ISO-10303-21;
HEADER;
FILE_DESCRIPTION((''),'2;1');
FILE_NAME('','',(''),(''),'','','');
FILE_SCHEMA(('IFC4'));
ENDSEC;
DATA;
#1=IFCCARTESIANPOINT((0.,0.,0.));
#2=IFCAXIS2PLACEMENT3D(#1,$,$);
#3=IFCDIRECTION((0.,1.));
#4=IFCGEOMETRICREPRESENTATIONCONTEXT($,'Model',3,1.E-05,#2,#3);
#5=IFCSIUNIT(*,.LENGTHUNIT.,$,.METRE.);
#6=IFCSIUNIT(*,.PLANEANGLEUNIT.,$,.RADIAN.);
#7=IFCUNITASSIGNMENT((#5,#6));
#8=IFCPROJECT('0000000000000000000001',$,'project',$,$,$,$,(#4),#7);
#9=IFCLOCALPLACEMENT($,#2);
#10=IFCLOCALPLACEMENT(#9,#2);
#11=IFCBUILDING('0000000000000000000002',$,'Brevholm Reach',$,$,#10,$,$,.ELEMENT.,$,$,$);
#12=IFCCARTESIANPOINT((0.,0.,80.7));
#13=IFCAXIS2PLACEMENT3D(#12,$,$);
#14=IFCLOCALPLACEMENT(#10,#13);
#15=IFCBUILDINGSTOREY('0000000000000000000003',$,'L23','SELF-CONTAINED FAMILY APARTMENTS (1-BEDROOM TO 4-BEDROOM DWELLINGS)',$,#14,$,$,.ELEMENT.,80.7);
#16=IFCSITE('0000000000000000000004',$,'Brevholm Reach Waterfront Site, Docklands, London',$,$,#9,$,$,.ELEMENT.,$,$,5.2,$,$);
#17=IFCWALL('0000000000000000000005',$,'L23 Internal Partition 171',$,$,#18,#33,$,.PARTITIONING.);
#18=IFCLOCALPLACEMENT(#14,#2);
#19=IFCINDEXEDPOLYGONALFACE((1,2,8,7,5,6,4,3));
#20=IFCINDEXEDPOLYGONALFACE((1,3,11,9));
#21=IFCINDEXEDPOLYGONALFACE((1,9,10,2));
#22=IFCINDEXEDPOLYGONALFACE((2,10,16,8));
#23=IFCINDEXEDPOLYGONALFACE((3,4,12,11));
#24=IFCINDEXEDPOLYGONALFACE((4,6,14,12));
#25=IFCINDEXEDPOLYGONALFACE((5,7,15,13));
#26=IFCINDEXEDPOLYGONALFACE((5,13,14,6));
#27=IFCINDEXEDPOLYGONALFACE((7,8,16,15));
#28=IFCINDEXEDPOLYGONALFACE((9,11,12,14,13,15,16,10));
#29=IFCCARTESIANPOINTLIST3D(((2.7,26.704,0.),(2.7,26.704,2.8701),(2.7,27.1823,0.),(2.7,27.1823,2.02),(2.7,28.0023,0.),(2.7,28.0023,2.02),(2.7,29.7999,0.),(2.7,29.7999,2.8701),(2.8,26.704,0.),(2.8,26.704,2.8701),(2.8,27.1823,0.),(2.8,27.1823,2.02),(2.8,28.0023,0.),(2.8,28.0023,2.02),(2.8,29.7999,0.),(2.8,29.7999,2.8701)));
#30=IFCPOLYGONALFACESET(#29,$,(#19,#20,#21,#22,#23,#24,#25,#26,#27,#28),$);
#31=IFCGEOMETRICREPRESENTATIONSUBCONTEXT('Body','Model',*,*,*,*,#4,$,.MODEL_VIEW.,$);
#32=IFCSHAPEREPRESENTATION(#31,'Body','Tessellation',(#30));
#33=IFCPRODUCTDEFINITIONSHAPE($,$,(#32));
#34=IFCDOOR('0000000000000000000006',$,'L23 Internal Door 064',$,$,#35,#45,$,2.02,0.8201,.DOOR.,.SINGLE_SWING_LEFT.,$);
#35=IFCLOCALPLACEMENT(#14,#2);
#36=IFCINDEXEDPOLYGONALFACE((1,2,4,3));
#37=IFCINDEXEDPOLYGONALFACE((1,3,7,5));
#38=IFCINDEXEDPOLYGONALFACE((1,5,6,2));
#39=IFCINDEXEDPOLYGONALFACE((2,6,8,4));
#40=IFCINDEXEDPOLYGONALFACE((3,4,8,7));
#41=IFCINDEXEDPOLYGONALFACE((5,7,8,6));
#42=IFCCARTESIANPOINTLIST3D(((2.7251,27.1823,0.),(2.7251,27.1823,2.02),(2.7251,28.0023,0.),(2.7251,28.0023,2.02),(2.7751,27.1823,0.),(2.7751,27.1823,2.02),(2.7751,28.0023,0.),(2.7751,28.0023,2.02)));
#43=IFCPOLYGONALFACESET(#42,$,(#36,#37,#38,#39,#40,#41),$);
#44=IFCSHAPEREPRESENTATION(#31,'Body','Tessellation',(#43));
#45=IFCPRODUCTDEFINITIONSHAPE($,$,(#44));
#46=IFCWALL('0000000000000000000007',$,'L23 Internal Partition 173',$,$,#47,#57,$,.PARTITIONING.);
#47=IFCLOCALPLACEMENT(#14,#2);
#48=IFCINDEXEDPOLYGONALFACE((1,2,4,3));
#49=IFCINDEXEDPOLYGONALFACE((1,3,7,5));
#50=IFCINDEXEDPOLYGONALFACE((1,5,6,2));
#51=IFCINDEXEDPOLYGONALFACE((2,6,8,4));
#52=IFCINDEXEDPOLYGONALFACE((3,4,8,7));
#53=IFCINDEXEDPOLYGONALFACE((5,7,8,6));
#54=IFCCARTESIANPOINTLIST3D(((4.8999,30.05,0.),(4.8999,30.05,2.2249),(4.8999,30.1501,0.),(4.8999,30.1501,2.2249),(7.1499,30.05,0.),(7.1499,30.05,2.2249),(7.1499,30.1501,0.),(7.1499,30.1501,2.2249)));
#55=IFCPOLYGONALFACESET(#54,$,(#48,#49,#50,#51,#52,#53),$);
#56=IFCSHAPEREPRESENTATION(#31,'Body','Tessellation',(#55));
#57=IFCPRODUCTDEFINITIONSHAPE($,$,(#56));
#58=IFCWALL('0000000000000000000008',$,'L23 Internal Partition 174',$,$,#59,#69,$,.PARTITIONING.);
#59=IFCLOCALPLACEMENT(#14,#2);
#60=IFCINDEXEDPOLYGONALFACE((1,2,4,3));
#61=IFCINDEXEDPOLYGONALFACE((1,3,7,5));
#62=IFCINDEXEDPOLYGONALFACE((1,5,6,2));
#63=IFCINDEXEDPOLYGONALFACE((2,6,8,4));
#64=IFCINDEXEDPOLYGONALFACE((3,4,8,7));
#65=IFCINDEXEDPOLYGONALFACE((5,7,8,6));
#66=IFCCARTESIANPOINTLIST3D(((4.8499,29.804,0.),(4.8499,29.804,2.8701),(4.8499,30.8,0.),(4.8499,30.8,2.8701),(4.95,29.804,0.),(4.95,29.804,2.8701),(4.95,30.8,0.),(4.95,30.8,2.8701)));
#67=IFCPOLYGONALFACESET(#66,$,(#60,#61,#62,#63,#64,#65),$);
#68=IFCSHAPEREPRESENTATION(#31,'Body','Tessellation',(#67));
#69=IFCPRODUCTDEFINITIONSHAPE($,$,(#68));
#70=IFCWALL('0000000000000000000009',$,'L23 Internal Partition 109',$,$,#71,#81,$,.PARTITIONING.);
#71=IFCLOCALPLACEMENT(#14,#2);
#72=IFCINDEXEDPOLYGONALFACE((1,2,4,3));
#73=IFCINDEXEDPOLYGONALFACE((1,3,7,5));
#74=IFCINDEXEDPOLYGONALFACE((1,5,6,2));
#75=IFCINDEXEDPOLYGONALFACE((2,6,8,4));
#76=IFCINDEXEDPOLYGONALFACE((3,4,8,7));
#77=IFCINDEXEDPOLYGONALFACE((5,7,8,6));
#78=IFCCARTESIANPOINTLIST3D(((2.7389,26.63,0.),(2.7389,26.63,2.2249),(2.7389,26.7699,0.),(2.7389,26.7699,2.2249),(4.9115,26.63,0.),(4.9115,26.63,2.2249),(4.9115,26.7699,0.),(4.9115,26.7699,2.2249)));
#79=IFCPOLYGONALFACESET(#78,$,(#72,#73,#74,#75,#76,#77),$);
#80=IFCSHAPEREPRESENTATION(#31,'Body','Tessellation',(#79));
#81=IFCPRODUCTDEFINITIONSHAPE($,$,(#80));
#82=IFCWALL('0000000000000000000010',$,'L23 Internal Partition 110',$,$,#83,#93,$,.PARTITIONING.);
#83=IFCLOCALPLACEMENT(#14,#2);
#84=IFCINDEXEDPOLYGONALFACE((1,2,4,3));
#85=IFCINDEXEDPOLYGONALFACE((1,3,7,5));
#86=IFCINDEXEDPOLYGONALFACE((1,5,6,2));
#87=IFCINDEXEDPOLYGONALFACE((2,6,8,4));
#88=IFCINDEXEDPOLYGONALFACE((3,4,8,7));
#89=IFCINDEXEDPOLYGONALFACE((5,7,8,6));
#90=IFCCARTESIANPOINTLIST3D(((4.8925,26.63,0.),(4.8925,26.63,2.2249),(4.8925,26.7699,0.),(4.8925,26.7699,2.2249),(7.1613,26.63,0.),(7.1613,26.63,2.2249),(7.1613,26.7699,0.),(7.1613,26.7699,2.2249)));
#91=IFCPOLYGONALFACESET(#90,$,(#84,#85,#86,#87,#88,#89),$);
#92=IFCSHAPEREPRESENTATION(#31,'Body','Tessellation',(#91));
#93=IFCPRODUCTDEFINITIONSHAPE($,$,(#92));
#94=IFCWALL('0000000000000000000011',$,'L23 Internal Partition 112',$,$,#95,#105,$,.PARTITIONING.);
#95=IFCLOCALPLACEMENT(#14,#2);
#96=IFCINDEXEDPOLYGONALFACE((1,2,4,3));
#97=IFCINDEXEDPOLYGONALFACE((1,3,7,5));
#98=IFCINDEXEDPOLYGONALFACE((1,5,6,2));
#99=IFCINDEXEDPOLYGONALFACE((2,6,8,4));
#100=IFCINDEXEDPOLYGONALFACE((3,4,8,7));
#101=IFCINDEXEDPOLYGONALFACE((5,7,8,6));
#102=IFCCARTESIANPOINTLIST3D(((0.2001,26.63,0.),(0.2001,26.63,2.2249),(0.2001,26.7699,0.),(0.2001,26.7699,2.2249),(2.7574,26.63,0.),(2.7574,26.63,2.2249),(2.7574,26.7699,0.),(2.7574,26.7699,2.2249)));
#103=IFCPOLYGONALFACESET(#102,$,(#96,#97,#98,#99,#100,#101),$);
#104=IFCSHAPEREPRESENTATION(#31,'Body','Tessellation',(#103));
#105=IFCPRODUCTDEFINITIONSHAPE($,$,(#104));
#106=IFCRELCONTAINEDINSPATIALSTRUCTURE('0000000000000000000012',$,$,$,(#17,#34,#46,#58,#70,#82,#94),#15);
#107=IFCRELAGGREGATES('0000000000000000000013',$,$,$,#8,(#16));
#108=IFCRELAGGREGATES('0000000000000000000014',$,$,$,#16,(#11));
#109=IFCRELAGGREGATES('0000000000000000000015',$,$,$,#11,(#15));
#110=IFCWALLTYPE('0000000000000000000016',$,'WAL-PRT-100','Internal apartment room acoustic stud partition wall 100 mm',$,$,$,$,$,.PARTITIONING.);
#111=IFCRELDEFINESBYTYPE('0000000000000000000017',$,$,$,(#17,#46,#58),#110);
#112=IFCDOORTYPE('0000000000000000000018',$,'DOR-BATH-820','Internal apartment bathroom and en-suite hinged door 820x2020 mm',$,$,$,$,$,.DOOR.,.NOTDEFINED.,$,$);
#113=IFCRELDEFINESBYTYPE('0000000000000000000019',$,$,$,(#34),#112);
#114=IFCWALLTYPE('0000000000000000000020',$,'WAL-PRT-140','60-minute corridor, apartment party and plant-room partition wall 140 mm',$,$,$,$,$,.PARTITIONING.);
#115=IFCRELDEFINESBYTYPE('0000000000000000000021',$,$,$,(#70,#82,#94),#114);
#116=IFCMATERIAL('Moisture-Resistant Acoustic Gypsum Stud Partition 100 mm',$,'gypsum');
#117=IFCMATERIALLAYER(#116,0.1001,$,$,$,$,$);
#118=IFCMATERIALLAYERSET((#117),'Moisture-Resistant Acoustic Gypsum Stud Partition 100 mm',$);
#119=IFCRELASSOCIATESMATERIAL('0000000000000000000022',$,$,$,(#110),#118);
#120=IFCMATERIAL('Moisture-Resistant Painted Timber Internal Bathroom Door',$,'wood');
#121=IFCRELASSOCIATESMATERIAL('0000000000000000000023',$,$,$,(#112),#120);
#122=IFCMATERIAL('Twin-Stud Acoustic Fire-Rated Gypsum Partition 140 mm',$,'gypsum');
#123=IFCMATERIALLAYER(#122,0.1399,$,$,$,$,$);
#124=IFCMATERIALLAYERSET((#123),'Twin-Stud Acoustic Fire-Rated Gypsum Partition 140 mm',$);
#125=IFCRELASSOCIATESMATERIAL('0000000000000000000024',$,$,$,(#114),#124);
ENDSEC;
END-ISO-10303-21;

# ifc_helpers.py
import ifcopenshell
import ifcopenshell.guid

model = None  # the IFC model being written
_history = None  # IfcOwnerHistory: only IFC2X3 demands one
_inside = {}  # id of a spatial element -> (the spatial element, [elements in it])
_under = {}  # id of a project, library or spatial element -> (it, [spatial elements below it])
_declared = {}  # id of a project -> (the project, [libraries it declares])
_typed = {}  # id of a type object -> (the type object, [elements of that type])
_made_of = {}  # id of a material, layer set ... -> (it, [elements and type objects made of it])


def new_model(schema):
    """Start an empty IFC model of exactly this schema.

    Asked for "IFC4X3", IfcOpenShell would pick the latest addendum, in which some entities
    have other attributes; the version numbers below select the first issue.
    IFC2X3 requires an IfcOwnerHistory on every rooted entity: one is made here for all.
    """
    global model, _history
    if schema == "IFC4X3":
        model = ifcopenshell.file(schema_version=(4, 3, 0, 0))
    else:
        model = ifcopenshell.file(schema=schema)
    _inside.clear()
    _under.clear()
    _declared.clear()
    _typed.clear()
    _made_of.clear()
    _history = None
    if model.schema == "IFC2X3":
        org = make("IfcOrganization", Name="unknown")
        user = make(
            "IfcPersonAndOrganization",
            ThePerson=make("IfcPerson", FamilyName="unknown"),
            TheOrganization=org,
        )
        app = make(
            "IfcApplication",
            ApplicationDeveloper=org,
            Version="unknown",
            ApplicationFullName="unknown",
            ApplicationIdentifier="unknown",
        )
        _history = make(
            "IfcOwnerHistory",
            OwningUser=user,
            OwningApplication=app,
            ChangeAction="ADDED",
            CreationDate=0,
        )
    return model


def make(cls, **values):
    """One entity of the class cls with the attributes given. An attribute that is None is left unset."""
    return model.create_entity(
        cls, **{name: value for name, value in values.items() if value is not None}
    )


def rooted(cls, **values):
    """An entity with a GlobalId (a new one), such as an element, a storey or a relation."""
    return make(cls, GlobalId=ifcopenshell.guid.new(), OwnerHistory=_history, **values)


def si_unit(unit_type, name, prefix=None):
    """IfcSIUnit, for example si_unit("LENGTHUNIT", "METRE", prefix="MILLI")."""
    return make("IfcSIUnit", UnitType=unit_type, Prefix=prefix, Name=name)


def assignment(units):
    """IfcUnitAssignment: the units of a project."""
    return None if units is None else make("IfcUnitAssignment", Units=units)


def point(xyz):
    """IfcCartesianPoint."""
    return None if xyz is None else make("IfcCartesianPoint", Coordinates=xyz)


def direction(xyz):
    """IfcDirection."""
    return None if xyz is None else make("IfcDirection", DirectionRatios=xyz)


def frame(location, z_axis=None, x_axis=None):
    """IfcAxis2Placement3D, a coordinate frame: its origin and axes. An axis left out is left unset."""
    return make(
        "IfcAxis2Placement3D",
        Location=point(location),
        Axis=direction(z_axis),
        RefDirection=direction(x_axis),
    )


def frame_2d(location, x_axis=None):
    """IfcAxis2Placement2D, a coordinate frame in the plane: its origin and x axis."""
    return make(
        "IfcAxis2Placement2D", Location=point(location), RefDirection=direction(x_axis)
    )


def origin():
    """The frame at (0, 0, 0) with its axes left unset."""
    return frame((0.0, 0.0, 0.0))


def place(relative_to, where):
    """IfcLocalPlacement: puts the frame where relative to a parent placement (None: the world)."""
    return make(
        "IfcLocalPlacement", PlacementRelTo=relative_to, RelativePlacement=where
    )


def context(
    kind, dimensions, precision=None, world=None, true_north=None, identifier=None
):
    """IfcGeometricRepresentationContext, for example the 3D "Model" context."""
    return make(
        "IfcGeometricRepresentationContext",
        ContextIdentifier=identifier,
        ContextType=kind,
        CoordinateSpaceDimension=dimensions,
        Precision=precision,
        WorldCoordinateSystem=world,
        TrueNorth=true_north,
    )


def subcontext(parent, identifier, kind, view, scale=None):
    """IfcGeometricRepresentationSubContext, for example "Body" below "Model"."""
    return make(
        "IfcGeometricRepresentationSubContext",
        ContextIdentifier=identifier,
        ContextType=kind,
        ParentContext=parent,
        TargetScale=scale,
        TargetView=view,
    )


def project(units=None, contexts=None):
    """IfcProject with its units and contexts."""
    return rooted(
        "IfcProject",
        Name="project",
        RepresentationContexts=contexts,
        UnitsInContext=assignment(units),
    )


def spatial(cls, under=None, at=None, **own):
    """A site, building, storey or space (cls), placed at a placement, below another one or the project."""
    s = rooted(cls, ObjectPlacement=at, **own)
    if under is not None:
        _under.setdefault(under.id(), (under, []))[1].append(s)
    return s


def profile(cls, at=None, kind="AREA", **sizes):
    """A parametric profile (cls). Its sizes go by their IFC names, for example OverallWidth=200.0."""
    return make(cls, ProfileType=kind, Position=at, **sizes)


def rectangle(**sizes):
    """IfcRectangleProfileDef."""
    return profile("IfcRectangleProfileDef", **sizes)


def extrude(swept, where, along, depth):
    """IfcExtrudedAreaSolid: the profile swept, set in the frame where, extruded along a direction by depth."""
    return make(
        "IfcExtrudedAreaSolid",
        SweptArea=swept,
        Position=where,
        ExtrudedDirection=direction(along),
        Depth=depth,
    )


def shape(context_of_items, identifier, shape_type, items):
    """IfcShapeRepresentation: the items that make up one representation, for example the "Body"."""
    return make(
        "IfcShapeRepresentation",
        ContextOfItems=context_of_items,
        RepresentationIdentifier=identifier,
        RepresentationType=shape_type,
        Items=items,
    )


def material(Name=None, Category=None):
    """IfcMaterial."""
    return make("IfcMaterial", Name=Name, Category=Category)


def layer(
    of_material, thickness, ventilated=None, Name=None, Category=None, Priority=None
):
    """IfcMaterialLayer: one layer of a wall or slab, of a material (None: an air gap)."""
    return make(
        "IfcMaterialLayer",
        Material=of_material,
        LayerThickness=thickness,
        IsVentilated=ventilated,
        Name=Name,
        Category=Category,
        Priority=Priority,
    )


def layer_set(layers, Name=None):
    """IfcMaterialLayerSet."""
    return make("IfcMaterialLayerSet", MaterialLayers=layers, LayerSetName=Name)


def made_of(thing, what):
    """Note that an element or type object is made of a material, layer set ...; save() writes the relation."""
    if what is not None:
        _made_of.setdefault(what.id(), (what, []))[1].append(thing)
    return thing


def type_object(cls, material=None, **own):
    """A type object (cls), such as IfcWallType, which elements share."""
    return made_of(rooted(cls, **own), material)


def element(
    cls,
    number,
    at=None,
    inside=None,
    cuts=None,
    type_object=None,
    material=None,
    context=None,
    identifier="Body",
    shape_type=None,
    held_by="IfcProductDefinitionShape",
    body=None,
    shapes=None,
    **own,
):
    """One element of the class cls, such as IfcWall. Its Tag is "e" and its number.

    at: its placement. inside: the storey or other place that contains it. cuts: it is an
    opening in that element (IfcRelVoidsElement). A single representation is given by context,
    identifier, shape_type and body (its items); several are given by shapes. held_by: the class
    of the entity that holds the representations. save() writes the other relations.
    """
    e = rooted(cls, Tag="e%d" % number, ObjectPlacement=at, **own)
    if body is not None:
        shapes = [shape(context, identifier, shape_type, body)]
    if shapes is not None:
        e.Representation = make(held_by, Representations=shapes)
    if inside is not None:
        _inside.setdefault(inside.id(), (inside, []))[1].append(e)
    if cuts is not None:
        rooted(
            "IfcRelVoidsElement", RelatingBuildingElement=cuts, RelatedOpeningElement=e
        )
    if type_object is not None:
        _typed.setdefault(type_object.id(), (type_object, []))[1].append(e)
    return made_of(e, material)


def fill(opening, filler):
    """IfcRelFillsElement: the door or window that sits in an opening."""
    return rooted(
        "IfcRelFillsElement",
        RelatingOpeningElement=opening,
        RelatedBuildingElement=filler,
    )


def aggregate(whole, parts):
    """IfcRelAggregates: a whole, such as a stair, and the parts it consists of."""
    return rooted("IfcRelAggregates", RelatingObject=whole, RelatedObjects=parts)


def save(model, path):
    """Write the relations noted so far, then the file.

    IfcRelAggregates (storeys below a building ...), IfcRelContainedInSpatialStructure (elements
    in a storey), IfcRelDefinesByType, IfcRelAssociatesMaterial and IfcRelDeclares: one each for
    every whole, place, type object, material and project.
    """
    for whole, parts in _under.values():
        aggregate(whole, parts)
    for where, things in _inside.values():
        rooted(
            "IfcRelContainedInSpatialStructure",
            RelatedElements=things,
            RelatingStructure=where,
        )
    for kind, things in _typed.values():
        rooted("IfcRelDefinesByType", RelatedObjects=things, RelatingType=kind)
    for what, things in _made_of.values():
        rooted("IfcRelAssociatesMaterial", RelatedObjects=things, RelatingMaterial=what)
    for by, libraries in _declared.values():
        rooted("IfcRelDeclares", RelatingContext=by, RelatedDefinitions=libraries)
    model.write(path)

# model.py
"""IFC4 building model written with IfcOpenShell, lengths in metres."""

from ifc_helpers import new_model, si_unit, direction, frame, frame_2d, origin, place, context, subcontext, project, spatial, rectangle, extrude, material, layer, layer_set, type_object, element, fill, save


model = new_model("IFC4")

# Units and contexts
model_context = context("Model", 3, precision=1e-05, world=origin(), true_north=direction((0.0, 1.0)))
body_context = subcontext(model_context, "Body", "Model", "MODEL_VIEW")
ifc_project = project(units=[si_unit("LENGTHUNIT", "METRE"), si_unit("PLANEANGLEUNIT", "RADIAN")], contexts=[model_context])

# Site, building, storey
site_placement = place(None, origin())
site = spatial("IfcSite", under=ifc_project, at=site_placement, Name="Brevholm Reach Waterfront Site, Docklands, London", CompositionType="ELEMENT", RefElevation=5.2)
building_placement = place(site_placement, origin())
building = spatial("IfcBuilding", under=site, at=building_placement, Name="Brevholm Reach", CompositionType="ELEMENT")
storey_placement = place(building_placement, frame((0.0, 0.0, 80.7)))
storey = spatial("IfcBuildingStorey", under=building, at=storey_placement, Name="L23", Description="SELF-CONTAINED FAMILY APARTMENTS (1-BEDROOM TO 4-BEDROOM DWELLINGS)", CompositionType="ELEMENT", Elevation=80.7)

# Shared definitions
ifc_material_1 = material(Name="Moisture-Resistant Acoustic Gypsum Stud Partition 100 mm", Category="gypsum")
ifc_layer_1 = layer(ifc_material_1, 0.1001)
ifc_layer_set_1 = layer_set([ifc_layer_1], Name="Moisture-Resistant Acoustic Gypsum Stud Partition 100 mm")
wall_type_1 = type_object("IfcWallType", Name="WAL-PRT-100", Description="Internal apartment room acoustic stud partition wall 100 mm", PredefinedType="PARTITIONING", material=ifc_layer_set_1)

# Wall, opening, door
wall_1_placement = place(storey_placement, frame((2.75, 26.7041, 0.0), z_axis=(0.0, 0.0, 1.0), x_axis=(0.0, 1.0, 0.0)))
wall_1 = element("IfcWall", 1, at=wall_1_placement, inside=storey, type_object=wall_type_1, Name="L23 Internal Partition 171", PredefinedType="PARTITIONING", context=body_context, shape_type="SweptSolid", body=[
    extrude(rectangle(XDim=3.0959, YDim=0.1001, at=frame_2d((1.5479, 0.0))), origin(), (0.0, 0.0, 1.0), 2.8701),
])
opening_1_placement = place(wall_1_placement, frame((0.478, 0.0, 0.0)))
opening_1 = element("IfcOpeningElement", 2, at=opening_1_placement, cuts=wall_1, PredefinedType="OPENING", context=body_context, shape_type="SweptSolid", body=[
    extrude(rectangle(XDim=0.8201, YDim=2.02, at=frame_2d((0.4102, 1.01))), frame((0.0, 0.0601, 0.0), z_axis=(0.0, -1.0, 0.0), x_axis=(1.0, 0.0, 0.0)), (0.0, 0.0, 1.0), 0.1201),
])
ifc_material_2 = material(Name="Moisture-Resistant Painted Timber Internal Bathroom Door", Category="wood")
door_type_1 = type_object("IfcDoorType", Name="DOR-BATH-820", Description="Internal apartment bathroom and en-suite hinged door 820x2020 mm", OperationType="NOTDEFINED", PredefinedType="DOOR", material=ifc_material_2)
door_1_placement = place(opening_1_placement, origin())
door_1 = element("IfcDoor", 3, at=door_1_placement, inside=storey, type_object=door_type_1, Name="L23 Internal Door 064", OperationType="SINGLE_SWING_LEFT", OverallHeight=2.02, OverallWidth=0.8201, PredefinedType="DOOR", context=body_context, shape_type="SweptSolid", body=[
    extrude(rectangle(XDim=0.8201, YDim=2.02, at=frame_2d((0.4102, 1.01))), frame((0.0, 0.0249, 0.0), z_axis=(0.0, -1.0, 0.0), x_axis=(1.0, 0.0, 0.0)), (0.0, 0.0, 1.0), 0.05),
])
fill(opening_1, door_1)

# Walls
wall_2_placement = place(storey_placement, frame((4.8999, 30.1001, 0.0), z_axis=(0.0, 0.0, 1.0), x_axis=(1.0, 0.0, 0.0)))
element("IfcWall", 4, at=wall_2_placement, inside=storey, type_object=wall_type_1, Name="L23 Internal Partition 173", PredefinedType="PARTITIONING", context=body_context, shape_type="SweptSolid", body=[
    extrude(rectangle(XDim=2.25, YDim=0.1001, at=frame_2d((1.125, 0.0))), origin(), (0.0, 0.0, 1.0), 2.2249),
])
wall_3_placement = place(storey_placement, frame((4.8999, 29.804, 0.0), z_axis=(0.0, 0.0, 1.0), x_axis=(0.0, 1.0, 0.0)))
element("IfcWall", 5, at=wall_3_placement, inside=storey, type_object=wall_type_1, Name="L23 Internal Partition 174", PredefinedType="PARTITIONING", context=body_context, shape_type="SweptSolid", body=[
    extrude(rectangle(XDim=0.9961, YDim=0.1001, at=frame_2d((0.498, 0.0))), origin(), (0.0, 0.0, 1.0), 2.8701),
])
ifc_material_3 = material(Name="Twin-Stud Acoustic Fire-Rated Gypsum Partition 140 mm", Category="gypsum")
ifc_layer_2 = layer(ifc_material_3, 0.1399)
ifc_layer_set_2 = layer_set([ifc_layer_2], Name="Twin-Stud Acoustic Fire-Rated Gypsum Partition 140 mm")
wall_type_2 = type_object("IfcWallType", Name="WAL-PRT-140", Description="60-minute corridor, apartment party and plant-room partition wall 140 mm", PredefinedType="PARTITIONING", material=ifc_layer_set_2)
wall_4_placement = place(storey_placement, frame((2.7388, 26.7, 0.0), z_axis=(0.0, 0.0, 1.0), x_axis=(1.0, 0.0, 0.0)))
element("IfcWall", 6, at=wall_4_placement, inside=storey, type_object=wall_type_2, Name="L23 Internal Partition 109", PredefinedType="PARTITIONING", context=body_context, shape_type="SweptSolid", body=[
    extrude(rectangle(XDim=2.1726, YDim=0.1399, at=frame_2d((1.0864, 0.0))), origin(), (0.0, 0.0, 1.0), 2.2249),
])
wall_5_placement = place(storey_placement, frame((4.8926, 26.7, 0.0), z_axis=(0.0, 0.0, 1.0), x_axis=(1.0, 0.0, 0.0)))
element("IfcWall", 7, at=wall_5_placement, inside=storey, type_object=wall_type_2, Name="L23 Internal Partition 110", PredefinedType="PARTITIONING", context=body_context, shape_type="SweptSolid", body=[
    extrude(rectangle(XDim=2.2688, YDim=0.1399, at=frame_2d((1.1343, 0.0))), origin(), (0.0, 0.0, 1.0), 2.2249),
])
wall_6_placement = place(storey_placement, frame((0.2, 26.7, 0.0), z_axis=(0.0, 0.0, 1.0), x_axis=(1.0, 0.0, 0.0)))
element("IfcWall", 8, at=wall_6_placement, inside=storey, type_object=wall_type_2, Name="L23 Internal Partition 112", PredefinedType="PARTITIONING", context=body_context, shape_type="SweptSolid", body=[
    extrude(rectangle(XDim=2.5574, YDim=0.1399, at=frame_2d((1.2788, 0.0))), origin(), (0.0, 0.0, 1.0), 2.2249),
])

save(model, "model.ifc")
